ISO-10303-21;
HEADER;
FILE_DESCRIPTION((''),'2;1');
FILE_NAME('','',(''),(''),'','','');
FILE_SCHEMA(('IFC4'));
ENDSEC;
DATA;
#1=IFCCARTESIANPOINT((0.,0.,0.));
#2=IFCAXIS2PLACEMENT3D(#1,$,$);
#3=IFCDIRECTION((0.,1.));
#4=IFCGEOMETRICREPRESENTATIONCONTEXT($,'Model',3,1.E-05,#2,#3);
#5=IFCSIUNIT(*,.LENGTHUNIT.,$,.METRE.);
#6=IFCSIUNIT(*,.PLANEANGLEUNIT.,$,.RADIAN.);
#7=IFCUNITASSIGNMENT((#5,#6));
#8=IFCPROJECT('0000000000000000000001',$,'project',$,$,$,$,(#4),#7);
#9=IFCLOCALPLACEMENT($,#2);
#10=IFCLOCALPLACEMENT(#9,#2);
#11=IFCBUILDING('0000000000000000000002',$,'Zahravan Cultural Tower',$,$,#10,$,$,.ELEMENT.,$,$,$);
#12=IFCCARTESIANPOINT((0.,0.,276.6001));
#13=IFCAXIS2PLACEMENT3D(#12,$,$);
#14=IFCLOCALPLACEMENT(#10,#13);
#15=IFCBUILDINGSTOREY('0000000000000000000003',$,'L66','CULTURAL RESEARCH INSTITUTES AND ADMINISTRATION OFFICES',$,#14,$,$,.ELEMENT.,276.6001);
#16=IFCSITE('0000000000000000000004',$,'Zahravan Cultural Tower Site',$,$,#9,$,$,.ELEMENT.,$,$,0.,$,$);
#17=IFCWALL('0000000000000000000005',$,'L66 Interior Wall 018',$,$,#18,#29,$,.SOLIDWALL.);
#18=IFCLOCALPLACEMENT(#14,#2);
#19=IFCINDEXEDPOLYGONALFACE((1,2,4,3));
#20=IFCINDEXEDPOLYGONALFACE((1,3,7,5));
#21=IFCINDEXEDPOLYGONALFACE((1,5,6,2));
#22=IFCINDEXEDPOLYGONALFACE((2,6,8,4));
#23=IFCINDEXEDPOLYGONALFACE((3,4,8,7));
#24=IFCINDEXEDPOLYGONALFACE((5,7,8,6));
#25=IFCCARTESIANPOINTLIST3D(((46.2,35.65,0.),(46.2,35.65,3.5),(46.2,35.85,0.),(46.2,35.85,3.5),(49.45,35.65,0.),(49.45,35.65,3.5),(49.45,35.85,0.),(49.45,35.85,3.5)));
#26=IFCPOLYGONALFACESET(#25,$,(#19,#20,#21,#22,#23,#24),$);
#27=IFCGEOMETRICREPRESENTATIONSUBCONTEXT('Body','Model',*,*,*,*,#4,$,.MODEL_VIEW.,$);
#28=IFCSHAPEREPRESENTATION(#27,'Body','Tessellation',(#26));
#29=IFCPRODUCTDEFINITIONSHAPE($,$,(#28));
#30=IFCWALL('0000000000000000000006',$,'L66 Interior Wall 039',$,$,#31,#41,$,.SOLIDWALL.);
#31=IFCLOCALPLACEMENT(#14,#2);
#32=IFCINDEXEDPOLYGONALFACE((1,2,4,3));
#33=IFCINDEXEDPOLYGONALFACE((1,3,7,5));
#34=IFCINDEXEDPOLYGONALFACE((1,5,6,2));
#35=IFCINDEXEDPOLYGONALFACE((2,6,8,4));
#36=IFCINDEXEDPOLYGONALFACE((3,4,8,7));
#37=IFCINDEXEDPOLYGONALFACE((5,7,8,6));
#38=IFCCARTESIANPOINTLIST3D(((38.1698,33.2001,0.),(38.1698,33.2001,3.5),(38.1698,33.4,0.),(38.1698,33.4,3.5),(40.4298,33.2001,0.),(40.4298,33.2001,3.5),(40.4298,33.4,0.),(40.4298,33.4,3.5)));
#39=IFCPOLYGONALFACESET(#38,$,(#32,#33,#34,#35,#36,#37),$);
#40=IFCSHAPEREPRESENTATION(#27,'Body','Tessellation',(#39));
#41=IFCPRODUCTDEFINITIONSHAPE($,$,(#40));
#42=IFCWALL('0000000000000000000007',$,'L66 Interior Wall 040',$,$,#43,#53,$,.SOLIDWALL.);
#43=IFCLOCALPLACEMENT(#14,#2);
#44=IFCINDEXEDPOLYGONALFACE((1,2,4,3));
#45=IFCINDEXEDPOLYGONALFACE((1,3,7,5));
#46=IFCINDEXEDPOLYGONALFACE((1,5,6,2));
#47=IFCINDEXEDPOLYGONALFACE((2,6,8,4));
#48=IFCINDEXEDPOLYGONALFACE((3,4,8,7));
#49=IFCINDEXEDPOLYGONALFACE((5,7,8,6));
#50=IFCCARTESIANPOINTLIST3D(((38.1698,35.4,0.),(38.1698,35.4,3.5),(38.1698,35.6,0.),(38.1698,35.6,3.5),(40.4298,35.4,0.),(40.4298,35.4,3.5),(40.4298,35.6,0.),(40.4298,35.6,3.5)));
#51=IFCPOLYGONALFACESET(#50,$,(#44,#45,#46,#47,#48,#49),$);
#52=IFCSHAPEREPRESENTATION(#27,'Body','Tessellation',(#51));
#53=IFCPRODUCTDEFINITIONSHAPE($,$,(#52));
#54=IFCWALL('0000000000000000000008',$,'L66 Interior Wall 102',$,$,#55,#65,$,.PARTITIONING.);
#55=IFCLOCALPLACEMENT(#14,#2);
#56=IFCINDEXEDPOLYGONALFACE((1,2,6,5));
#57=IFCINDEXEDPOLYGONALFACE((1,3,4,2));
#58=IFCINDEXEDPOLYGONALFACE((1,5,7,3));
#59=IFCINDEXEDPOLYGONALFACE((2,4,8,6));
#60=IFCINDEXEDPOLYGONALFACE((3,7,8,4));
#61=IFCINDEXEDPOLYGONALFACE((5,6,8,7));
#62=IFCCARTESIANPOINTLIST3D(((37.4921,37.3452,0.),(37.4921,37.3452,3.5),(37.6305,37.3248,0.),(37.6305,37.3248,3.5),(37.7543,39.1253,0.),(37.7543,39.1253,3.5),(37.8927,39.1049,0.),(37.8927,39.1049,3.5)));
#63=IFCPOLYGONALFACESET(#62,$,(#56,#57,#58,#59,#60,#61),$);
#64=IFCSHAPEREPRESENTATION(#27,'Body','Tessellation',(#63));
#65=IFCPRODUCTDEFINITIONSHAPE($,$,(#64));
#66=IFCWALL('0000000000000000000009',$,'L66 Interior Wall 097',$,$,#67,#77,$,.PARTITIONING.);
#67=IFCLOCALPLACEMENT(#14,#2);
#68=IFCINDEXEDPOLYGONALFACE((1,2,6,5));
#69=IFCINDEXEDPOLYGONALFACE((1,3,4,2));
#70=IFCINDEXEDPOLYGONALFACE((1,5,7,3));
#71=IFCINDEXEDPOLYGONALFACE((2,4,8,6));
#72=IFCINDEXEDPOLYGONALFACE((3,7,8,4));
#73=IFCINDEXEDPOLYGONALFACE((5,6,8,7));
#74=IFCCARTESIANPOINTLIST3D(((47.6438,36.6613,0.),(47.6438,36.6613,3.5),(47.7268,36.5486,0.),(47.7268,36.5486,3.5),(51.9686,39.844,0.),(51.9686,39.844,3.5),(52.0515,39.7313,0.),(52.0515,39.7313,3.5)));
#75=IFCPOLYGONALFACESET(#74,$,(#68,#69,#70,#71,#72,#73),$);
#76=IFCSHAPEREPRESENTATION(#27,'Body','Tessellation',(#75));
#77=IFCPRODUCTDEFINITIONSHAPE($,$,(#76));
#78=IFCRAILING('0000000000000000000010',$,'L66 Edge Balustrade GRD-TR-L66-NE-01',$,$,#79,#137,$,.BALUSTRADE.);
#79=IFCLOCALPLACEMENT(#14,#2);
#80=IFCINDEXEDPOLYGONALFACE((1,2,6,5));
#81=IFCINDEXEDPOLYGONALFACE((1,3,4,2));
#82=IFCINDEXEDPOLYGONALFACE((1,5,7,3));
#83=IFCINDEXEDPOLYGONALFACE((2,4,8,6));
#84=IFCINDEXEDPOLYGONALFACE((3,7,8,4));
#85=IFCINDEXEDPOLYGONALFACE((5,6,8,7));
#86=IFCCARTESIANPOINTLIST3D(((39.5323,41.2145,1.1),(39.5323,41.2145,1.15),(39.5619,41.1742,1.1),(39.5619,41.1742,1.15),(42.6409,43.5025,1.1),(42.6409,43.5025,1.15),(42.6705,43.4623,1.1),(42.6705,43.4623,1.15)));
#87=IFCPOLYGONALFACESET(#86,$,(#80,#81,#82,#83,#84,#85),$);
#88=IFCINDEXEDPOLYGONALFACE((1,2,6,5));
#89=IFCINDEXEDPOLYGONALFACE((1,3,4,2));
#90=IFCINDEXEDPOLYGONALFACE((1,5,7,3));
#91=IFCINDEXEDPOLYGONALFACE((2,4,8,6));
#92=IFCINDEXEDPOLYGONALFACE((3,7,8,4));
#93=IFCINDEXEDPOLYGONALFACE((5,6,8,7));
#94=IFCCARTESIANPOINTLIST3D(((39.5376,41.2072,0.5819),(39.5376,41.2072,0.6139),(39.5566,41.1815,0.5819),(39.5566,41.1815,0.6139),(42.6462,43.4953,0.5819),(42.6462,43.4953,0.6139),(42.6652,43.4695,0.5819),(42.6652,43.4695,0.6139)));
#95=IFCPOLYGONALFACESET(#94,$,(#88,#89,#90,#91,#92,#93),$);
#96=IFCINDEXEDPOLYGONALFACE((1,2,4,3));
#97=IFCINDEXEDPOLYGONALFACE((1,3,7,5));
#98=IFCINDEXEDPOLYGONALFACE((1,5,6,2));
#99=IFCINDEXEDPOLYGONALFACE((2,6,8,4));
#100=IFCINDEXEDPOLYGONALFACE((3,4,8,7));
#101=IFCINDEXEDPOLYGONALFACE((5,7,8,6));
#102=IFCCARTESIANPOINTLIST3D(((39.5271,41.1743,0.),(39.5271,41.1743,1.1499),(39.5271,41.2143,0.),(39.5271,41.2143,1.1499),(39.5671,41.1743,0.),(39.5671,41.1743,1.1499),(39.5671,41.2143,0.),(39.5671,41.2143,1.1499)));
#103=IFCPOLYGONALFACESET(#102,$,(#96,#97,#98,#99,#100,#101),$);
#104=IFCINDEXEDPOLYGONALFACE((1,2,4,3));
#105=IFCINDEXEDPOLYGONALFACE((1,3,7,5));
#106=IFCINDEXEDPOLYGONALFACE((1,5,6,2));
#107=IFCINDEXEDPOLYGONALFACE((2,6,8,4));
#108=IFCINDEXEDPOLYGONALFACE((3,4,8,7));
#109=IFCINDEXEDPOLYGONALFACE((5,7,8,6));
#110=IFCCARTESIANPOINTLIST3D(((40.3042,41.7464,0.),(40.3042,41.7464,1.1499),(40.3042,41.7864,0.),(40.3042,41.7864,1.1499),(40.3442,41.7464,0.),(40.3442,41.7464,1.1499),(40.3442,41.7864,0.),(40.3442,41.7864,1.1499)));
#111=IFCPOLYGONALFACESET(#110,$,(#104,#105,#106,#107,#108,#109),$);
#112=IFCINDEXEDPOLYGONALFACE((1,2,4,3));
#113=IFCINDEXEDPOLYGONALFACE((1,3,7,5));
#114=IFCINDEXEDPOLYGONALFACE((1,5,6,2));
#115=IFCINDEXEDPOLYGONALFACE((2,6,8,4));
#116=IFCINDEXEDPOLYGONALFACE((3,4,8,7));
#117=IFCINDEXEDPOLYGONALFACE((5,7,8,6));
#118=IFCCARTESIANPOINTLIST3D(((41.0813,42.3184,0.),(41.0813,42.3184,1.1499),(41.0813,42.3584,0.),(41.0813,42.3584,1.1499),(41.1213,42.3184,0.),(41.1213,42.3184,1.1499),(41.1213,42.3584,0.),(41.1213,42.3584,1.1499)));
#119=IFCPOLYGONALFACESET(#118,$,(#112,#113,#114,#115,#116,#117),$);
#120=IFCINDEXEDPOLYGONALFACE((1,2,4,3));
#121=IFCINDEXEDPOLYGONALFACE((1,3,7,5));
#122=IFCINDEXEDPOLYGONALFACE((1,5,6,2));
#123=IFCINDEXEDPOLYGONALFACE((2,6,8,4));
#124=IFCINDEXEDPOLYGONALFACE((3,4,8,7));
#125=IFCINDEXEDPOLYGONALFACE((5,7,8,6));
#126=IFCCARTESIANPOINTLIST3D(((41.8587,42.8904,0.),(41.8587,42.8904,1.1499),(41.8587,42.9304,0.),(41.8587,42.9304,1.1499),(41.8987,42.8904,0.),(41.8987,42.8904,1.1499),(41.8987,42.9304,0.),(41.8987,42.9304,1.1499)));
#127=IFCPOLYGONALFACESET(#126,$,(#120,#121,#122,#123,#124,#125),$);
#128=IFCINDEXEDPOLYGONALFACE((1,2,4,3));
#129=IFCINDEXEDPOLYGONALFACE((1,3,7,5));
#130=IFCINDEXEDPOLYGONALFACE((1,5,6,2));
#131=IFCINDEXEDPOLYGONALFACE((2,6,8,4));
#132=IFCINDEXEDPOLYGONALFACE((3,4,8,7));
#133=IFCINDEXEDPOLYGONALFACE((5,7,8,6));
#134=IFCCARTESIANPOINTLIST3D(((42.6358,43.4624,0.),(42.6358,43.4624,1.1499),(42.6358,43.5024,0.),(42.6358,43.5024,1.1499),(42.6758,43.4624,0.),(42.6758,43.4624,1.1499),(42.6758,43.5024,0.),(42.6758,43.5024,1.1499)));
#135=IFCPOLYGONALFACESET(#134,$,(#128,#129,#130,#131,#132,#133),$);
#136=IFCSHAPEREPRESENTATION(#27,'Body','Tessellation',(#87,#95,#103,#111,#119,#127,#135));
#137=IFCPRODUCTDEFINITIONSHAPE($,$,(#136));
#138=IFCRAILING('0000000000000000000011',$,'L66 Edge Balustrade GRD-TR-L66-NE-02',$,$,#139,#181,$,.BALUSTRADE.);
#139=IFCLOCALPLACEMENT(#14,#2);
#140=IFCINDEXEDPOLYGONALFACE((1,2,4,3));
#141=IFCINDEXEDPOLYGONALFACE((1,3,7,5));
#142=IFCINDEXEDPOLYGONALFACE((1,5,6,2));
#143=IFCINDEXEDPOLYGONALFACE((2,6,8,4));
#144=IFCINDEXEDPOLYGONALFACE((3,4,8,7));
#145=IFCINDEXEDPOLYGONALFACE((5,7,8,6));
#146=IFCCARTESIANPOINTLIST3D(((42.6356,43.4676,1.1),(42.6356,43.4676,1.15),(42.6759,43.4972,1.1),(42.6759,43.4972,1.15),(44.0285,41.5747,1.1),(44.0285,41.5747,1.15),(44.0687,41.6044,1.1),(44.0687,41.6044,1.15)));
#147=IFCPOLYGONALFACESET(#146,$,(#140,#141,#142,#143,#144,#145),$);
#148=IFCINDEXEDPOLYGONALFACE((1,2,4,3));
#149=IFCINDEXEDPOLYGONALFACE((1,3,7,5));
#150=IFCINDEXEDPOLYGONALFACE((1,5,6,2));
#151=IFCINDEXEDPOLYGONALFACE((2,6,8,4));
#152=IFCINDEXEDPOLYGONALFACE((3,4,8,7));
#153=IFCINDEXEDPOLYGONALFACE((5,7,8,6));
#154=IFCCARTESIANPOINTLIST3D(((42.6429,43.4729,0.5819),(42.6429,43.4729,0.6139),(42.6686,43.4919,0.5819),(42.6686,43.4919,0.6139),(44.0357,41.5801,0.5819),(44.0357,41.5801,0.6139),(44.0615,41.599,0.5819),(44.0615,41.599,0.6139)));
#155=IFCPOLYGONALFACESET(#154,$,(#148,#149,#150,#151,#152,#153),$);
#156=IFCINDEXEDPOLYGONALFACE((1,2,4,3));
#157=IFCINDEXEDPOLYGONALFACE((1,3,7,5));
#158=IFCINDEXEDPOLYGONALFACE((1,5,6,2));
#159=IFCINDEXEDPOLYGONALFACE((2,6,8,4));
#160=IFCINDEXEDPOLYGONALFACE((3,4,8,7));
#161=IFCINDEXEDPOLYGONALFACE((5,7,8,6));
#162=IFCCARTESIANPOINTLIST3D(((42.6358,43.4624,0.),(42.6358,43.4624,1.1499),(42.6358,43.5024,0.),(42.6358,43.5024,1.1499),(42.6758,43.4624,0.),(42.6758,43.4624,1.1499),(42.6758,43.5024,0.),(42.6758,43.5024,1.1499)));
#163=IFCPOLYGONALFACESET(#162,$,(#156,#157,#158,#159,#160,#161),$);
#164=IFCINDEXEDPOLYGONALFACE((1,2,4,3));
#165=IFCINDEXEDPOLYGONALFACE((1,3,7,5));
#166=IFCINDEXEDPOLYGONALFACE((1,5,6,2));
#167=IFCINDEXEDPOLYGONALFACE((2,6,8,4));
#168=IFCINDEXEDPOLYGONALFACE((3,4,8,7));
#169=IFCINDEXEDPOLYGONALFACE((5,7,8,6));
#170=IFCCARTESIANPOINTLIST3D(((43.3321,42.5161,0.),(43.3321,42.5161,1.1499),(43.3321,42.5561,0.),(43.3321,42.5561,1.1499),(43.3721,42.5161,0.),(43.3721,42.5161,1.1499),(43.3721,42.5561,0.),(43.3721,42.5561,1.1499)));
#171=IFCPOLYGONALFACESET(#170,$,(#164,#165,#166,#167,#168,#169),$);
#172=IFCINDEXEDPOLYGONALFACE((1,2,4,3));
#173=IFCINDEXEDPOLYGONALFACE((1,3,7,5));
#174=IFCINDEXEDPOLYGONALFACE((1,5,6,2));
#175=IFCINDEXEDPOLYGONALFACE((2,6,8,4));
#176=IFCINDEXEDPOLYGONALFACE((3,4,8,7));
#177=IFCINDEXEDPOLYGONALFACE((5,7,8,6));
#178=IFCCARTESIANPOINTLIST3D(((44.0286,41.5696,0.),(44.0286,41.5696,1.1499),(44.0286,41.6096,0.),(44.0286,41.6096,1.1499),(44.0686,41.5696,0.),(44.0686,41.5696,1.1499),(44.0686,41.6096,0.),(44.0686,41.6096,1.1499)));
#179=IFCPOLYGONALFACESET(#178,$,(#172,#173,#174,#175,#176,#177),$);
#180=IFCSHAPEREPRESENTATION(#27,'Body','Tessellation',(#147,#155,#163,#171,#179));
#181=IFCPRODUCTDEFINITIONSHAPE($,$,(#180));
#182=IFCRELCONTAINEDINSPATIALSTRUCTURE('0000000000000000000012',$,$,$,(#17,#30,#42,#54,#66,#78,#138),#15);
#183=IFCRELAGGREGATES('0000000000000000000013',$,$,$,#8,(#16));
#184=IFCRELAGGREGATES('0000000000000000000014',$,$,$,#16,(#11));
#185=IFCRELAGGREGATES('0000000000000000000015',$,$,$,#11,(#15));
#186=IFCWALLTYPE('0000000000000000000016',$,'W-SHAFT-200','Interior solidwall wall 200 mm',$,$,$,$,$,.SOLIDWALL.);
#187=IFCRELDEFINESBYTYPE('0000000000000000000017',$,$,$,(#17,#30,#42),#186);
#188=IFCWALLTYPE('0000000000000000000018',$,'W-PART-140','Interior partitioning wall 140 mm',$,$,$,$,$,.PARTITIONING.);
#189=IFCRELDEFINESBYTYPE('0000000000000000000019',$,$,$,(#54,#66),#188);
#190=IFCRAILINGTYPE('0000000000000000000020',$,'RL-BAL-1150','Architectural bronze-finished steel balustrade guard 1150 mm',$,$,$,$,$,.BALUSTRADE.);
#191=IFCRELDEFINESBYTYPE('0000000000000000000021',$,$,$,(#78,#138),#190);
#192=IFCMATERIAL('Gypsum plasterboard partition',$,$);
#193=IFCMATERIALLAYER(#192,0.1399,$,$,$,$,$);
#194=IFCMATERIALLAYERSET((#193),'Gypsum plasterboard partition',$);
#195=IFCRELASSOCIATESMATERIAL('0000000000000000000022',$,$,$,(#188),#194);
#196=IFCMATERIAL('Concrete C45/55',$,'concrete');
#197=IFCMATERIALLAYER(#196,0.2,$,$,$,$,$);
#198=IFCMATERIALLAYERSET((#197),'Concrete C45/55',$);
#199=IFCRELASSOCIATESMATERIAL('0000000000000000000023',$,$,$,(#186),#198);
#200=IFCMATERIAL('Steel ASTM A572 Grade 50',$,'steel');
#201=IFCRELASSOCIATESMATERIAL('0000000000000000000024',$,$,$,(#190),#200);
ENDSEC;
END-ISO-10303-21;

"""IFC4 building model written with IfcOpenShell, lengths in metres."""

from ifc_helpers import new_model, si_unit, direction, frame, frame_2d, origin, origin_2d, place, context, subcontext, project, spatial, rectangle, extrude, source, transform, mapped, material, layer, layer_set, type_object, element, save


model = new_model("IFC4")

# Units and contexts
model_context = context("Model", 3, precision=1e-05, world=origin(), true_north=direction((0.0, 1.0)))
body_context = subcontext(model_context, "Body", "Model", "MODEL_VIEW")
ifc_project = project(units=[si_unit("LENGTHUNIT", "METRE"), si_unit("PLANEANGLEUNIT", "RADIAN")], contexts=[model_context])

# Site, building, storey
site_placement = place(None, origin())
site = spatial("IfcSite", under=ifc_project, at=site_placement, Name="Zahravan Cultural Tower Site", CompositionType="ELEMENT", RefElevation=0.0)
building_placement = place(site_placement, origin())
building = spatial("IfcBuilding", under=site, at=building_placement, Name="Zahravan Cultural Tower", CompositionType="ELEMENT")
storey_placement = place(building_placement, frame((0.0, 0.0, 276.6001)))
storey = spatial("IfcBuildingStorey", under=building, at=storey_placement, Name="L66", Description="CULTURAL RESEARCH INSTITUTES AND ADMINISTRATION OFFICES", CompositionType="ELEMENT", Elevation=276.6001)

# Shared definitions
ifc_material_1 = material(Name="Gypsum plasterboard partition")
ifc_layer_1 = layer(ifc_material_1, 0.1399)
ifc_layer_set_1 = layer_set([ifc_layer_1], Name="Gypsum plasterboard partition")
wall_type_1 = type_object("IfcWallType", Name="W-PART-140", Description="Interior partitioning wall 140 mm", PredefinedType="PARTITIONING", material=ifc_layer_set_1)
ifc_material_2 = material(Name="Concrete C45/55", Category="concrete")
ifc_layer_2 = layer(ifc_material_2, 0.2)
ifc_layer_set_2 = layer_set([ifc_layer_2], Name="Concrete C45/55")
wall_type_2 = type_object("IfcWallType", Name="W-SHAFT-200", Description="Interior solidwall wall 200 mm", PredefinedType="SOLIDWALL", material=ifc_layer_set_2)
ifc_material_3 = material(Name="Steel ASTM A572 Grade 50", Category="steel")

# Walls
shared_shape_1 = source(origin(), body_context, "Body", "SweptSolid", [
    extrude(rectangle(XDim=3.25, YDim=0.2, at=frame_2d((1.625, 0.0))), origin(), (0.0, 0.0, 1.0), 3.5),
])
wall_1_placement = place(storey_placement, frame((46.2, 35.75, 0.0), z_axis=(0.0, 0.0, 1.0), x_axis=(1.0, 0.0, 0.0)))
element("IfcWall", 1, at=wall_1_placement, inside=storey, type_object=wall_type_2, Name="L66 Interior Wall 018", PredefinedType="SOLIDWALL", context=body_context, shape_type="MappedRepresentation", body=[
    mapped(shared_shape_1, transform((0.0, 0.0, 0.0), x_axis=(1.0, 0.0, 0.0), y_axis=(0.0, 1.0, 0.0), z_axis=(0.0, 0.0, 1.0), scale=1.0)),
])
shared_shape_2 = source(origin(), body_context, "Body", "SweptSolid", [
    extrude(rectangle(XDim=2.26, YDim=0.2, at=frame_2d((1.1299, 0.0))), origin(), (0.0, 0.0, 1.0), 3.5),
])
for number, where, z_axis, x_axis, name in (
    (2, (38.1699, 33.3, 0.0), (0.0, 0.0, 1.0), (1.0, 0.0, 0.0), "L66 Interior Wall 039"),
    (3, (38.1699, 35.5, 0.0), (0.0, 0.0, 1.0), (1.0, 0.0, 0.0), "L66 Interior Wall 040"),
):
    element("IfcWall", number, at=place(storey_placement, frame(where, z_axis=z_axis, x_axis=x_axis)), inside=storey, type_object=wall_type_2, Name=name, PredefinedType="SOLIDWALL", context=body_context, shape_type="MappedRepresentation", body=[
        mapped(shared_shape_2, transform((0.0, 0.0, 0.0), x_axis=(1.0, 0.0, 0.0), y_axis=(0.0, 1.0, 0.0), z_axis=(0.0, 0.0, 1.0), scale=1.0)),
    ])
shared_shape_3 = source(origin(), body_context, "Body", "SweptSolid", [
    extrude(rectangle(XDim=1.7993, YDim=0.1399, at=frame_2d((0.8997, 0.0))), origin(), (0.0, 0.0, 1.0), 3.5),
])
wall_2_placement = place(storey_placement, frame((37.5613, 37.335, 0.0), z_axis=(0.0, 0.0, 1.0), x_axis=(0.145732, 0.989324, 0.0)))
element("IfcWall", 4, at=wall_2_placement, inside=storey, type_object=wall_type_1, Name="L66 Interior Wall 102", PredefinedType="PARTITIONING", context=body_context, shape_type="MappedRepresentation", body=[
    mapped(shared_shape_3, transform((0.0, 0.0, 0.0), x_axis=(1.0, 0.0, 0.0), y_axis=(0.0, 1.0, 0.0), z_axis=(0.0, 0.0, 1.0), scale=1.0)),
])
shared_shape_4 = source(origin(), body_context, "Body", "SweptSolid", [
    extrude(rectangle(XDim=5.3696, YDim=0.1399, at=frame_2d((2.6848, 0.0))), origin(), (0.0, 0.0, 1.0), 3.5),
])
wall_3_placement = place(storey_placement, frame((47.6853, 36.605, 0.0), z_axis=(0.0, 0.0, 1.0), x_axis=(0.805412, 0.592715, 0.0)))
element("IfcWall", 5, at=wall_3_placement, inside=storey, type_object=wall_type_1, Name="L66 Interior Wall 097", PredefinedType="PARTITIONING", context=body_context, shape_type="MappedRepresentation", body=[
    mapped(shared_shape_4, transform((0.0, 0.0, 0.0), x_axis=(1.0, 0.0, 0.0), y_axis=(0.0, 1.0, 0.0), z_axis=(0.0, 0.0, 1.0), scale=1.0)),
])

# Railings
railing_type = type_object("IfcRailingType", Name="RL-BAL-1150", Description="Architectural bronze-finished steel balustrade guard 1150 mm", PredefinedType="BALUSTRADE", material=ifc_material_3)
railing_1_placement = place(storey_placement, frame((39.5471, 41.1943, 0.0)))
element("IfcRailing", 6, at=railing_1_placement, inside=storey, type_object=railing_type, Name="L66 Edge Balustrade GRD-TR-L66-NE-01", PredefinedType="BALUSTRADE", context=body_context, shape_type="SweptSolid", body=[
    extrude(rectangle(XDim=0.05, YDim=0.05, at=origin_2d()), frame((0.0, 0.0, 1.125), z_axis=(0.805364, 0.59278, 0.0), x_axis=(-0.59278, 0.805364, 0.0)), (0.0, 0.0, 1.0), 3.8599),
    extrude(rectangle(XDim=0.032, YDim=0.032, at=origin_2d()), frame((0.0, 0.0, 0.5979), z_axis=(0.805364, 0.59278, 0.0), x_axis=(-0.59278, 0.805364, 0.0)), (0.0, 0.0, 1.0), 3.8599),
    extrude(rectangle(XDim=0.04, YDim=0.04, at=origin_2d()), origin(), (0.0, 0.0, 1.0), 1.1499),
    extrude(rectangle(XDim=0.04, YDim=0.04, at=origin_2d()), frame((0.7771, 0.572, 0.0)), (0.0, 0.0, 1.0), 1.1499),
    extrude(rectangle(XDim=0.04, YDim=0.04, at=origin_2d()), frame((1.5542, 1.144, 0.0)), (0.0, 0.0, 1.0), 1.1499),
    extrude(rectangle(XDim=0.04, YDim=0.04, at=origin_2d()), frame((2.3315, 1.7161, 0.0)), (0.0, 0.0, 1.0), 1.1499),
    extrude(rectangle(XDim=0.04, YDim=0.04, at=origin_2d()), frame((3.1086, 2.2881, 0.0)), (0.0, 0.0, 1.0), 1.1499),
])
railing_2_placement = place(storey_placement, frame((42.6558, 43.4824, 0.0)))
element("IfcRailing", 7, at=railing_2_placement, inside=storey, type_object=railing_type, Name="L66 Edge Balustrade GRD-TR-L66-NE-02", PredefinedType="BALUSTRADE", context=body_context, shape_type="SweptSolid", body=[
    extrude(rectangle(XDim=0.05, YDim=0.05, at=origin_2d()), frame((0.0, 0.0, 1.125), z_axis=(0.592678, -0.80544, 0.0), x_axis=(0.80544, 0.592678, 0.0)), (0.0, 0.0, 1.0), 2.3501),
    extrude(rectangle(XDim=0.032, YDim=0.032, at=origin_2d()), frame((0.0, 0.0, 0.5979), z_axis=(0.592678, -0.80544, 0.0), x_axis=(0.80544, 0.592678, 0.0)), (0.0, 0.0, 1.0), 2.3501),
    extrude(rectangle(XDim=0.04, YDim=0.04, at=origin_2d()), origin(), (0.0, 0.0, 1.0), 1.1499),
    extrude(rectangle(XDim=0.04, YDim=0.04, at=origin_2d()), frame((0.6963, -0.9463, 0.0)), (0.0, 0.0, 1.0), 1.1499),
    extrude(rectangle(XDim=0.04, YDim=0.04, at=origin_2d()), frame((1.3928, -1.8928, 0.0)), (0.0, 0.0, 1.0), 1.1499),
])

save(model, "model.ifc")
